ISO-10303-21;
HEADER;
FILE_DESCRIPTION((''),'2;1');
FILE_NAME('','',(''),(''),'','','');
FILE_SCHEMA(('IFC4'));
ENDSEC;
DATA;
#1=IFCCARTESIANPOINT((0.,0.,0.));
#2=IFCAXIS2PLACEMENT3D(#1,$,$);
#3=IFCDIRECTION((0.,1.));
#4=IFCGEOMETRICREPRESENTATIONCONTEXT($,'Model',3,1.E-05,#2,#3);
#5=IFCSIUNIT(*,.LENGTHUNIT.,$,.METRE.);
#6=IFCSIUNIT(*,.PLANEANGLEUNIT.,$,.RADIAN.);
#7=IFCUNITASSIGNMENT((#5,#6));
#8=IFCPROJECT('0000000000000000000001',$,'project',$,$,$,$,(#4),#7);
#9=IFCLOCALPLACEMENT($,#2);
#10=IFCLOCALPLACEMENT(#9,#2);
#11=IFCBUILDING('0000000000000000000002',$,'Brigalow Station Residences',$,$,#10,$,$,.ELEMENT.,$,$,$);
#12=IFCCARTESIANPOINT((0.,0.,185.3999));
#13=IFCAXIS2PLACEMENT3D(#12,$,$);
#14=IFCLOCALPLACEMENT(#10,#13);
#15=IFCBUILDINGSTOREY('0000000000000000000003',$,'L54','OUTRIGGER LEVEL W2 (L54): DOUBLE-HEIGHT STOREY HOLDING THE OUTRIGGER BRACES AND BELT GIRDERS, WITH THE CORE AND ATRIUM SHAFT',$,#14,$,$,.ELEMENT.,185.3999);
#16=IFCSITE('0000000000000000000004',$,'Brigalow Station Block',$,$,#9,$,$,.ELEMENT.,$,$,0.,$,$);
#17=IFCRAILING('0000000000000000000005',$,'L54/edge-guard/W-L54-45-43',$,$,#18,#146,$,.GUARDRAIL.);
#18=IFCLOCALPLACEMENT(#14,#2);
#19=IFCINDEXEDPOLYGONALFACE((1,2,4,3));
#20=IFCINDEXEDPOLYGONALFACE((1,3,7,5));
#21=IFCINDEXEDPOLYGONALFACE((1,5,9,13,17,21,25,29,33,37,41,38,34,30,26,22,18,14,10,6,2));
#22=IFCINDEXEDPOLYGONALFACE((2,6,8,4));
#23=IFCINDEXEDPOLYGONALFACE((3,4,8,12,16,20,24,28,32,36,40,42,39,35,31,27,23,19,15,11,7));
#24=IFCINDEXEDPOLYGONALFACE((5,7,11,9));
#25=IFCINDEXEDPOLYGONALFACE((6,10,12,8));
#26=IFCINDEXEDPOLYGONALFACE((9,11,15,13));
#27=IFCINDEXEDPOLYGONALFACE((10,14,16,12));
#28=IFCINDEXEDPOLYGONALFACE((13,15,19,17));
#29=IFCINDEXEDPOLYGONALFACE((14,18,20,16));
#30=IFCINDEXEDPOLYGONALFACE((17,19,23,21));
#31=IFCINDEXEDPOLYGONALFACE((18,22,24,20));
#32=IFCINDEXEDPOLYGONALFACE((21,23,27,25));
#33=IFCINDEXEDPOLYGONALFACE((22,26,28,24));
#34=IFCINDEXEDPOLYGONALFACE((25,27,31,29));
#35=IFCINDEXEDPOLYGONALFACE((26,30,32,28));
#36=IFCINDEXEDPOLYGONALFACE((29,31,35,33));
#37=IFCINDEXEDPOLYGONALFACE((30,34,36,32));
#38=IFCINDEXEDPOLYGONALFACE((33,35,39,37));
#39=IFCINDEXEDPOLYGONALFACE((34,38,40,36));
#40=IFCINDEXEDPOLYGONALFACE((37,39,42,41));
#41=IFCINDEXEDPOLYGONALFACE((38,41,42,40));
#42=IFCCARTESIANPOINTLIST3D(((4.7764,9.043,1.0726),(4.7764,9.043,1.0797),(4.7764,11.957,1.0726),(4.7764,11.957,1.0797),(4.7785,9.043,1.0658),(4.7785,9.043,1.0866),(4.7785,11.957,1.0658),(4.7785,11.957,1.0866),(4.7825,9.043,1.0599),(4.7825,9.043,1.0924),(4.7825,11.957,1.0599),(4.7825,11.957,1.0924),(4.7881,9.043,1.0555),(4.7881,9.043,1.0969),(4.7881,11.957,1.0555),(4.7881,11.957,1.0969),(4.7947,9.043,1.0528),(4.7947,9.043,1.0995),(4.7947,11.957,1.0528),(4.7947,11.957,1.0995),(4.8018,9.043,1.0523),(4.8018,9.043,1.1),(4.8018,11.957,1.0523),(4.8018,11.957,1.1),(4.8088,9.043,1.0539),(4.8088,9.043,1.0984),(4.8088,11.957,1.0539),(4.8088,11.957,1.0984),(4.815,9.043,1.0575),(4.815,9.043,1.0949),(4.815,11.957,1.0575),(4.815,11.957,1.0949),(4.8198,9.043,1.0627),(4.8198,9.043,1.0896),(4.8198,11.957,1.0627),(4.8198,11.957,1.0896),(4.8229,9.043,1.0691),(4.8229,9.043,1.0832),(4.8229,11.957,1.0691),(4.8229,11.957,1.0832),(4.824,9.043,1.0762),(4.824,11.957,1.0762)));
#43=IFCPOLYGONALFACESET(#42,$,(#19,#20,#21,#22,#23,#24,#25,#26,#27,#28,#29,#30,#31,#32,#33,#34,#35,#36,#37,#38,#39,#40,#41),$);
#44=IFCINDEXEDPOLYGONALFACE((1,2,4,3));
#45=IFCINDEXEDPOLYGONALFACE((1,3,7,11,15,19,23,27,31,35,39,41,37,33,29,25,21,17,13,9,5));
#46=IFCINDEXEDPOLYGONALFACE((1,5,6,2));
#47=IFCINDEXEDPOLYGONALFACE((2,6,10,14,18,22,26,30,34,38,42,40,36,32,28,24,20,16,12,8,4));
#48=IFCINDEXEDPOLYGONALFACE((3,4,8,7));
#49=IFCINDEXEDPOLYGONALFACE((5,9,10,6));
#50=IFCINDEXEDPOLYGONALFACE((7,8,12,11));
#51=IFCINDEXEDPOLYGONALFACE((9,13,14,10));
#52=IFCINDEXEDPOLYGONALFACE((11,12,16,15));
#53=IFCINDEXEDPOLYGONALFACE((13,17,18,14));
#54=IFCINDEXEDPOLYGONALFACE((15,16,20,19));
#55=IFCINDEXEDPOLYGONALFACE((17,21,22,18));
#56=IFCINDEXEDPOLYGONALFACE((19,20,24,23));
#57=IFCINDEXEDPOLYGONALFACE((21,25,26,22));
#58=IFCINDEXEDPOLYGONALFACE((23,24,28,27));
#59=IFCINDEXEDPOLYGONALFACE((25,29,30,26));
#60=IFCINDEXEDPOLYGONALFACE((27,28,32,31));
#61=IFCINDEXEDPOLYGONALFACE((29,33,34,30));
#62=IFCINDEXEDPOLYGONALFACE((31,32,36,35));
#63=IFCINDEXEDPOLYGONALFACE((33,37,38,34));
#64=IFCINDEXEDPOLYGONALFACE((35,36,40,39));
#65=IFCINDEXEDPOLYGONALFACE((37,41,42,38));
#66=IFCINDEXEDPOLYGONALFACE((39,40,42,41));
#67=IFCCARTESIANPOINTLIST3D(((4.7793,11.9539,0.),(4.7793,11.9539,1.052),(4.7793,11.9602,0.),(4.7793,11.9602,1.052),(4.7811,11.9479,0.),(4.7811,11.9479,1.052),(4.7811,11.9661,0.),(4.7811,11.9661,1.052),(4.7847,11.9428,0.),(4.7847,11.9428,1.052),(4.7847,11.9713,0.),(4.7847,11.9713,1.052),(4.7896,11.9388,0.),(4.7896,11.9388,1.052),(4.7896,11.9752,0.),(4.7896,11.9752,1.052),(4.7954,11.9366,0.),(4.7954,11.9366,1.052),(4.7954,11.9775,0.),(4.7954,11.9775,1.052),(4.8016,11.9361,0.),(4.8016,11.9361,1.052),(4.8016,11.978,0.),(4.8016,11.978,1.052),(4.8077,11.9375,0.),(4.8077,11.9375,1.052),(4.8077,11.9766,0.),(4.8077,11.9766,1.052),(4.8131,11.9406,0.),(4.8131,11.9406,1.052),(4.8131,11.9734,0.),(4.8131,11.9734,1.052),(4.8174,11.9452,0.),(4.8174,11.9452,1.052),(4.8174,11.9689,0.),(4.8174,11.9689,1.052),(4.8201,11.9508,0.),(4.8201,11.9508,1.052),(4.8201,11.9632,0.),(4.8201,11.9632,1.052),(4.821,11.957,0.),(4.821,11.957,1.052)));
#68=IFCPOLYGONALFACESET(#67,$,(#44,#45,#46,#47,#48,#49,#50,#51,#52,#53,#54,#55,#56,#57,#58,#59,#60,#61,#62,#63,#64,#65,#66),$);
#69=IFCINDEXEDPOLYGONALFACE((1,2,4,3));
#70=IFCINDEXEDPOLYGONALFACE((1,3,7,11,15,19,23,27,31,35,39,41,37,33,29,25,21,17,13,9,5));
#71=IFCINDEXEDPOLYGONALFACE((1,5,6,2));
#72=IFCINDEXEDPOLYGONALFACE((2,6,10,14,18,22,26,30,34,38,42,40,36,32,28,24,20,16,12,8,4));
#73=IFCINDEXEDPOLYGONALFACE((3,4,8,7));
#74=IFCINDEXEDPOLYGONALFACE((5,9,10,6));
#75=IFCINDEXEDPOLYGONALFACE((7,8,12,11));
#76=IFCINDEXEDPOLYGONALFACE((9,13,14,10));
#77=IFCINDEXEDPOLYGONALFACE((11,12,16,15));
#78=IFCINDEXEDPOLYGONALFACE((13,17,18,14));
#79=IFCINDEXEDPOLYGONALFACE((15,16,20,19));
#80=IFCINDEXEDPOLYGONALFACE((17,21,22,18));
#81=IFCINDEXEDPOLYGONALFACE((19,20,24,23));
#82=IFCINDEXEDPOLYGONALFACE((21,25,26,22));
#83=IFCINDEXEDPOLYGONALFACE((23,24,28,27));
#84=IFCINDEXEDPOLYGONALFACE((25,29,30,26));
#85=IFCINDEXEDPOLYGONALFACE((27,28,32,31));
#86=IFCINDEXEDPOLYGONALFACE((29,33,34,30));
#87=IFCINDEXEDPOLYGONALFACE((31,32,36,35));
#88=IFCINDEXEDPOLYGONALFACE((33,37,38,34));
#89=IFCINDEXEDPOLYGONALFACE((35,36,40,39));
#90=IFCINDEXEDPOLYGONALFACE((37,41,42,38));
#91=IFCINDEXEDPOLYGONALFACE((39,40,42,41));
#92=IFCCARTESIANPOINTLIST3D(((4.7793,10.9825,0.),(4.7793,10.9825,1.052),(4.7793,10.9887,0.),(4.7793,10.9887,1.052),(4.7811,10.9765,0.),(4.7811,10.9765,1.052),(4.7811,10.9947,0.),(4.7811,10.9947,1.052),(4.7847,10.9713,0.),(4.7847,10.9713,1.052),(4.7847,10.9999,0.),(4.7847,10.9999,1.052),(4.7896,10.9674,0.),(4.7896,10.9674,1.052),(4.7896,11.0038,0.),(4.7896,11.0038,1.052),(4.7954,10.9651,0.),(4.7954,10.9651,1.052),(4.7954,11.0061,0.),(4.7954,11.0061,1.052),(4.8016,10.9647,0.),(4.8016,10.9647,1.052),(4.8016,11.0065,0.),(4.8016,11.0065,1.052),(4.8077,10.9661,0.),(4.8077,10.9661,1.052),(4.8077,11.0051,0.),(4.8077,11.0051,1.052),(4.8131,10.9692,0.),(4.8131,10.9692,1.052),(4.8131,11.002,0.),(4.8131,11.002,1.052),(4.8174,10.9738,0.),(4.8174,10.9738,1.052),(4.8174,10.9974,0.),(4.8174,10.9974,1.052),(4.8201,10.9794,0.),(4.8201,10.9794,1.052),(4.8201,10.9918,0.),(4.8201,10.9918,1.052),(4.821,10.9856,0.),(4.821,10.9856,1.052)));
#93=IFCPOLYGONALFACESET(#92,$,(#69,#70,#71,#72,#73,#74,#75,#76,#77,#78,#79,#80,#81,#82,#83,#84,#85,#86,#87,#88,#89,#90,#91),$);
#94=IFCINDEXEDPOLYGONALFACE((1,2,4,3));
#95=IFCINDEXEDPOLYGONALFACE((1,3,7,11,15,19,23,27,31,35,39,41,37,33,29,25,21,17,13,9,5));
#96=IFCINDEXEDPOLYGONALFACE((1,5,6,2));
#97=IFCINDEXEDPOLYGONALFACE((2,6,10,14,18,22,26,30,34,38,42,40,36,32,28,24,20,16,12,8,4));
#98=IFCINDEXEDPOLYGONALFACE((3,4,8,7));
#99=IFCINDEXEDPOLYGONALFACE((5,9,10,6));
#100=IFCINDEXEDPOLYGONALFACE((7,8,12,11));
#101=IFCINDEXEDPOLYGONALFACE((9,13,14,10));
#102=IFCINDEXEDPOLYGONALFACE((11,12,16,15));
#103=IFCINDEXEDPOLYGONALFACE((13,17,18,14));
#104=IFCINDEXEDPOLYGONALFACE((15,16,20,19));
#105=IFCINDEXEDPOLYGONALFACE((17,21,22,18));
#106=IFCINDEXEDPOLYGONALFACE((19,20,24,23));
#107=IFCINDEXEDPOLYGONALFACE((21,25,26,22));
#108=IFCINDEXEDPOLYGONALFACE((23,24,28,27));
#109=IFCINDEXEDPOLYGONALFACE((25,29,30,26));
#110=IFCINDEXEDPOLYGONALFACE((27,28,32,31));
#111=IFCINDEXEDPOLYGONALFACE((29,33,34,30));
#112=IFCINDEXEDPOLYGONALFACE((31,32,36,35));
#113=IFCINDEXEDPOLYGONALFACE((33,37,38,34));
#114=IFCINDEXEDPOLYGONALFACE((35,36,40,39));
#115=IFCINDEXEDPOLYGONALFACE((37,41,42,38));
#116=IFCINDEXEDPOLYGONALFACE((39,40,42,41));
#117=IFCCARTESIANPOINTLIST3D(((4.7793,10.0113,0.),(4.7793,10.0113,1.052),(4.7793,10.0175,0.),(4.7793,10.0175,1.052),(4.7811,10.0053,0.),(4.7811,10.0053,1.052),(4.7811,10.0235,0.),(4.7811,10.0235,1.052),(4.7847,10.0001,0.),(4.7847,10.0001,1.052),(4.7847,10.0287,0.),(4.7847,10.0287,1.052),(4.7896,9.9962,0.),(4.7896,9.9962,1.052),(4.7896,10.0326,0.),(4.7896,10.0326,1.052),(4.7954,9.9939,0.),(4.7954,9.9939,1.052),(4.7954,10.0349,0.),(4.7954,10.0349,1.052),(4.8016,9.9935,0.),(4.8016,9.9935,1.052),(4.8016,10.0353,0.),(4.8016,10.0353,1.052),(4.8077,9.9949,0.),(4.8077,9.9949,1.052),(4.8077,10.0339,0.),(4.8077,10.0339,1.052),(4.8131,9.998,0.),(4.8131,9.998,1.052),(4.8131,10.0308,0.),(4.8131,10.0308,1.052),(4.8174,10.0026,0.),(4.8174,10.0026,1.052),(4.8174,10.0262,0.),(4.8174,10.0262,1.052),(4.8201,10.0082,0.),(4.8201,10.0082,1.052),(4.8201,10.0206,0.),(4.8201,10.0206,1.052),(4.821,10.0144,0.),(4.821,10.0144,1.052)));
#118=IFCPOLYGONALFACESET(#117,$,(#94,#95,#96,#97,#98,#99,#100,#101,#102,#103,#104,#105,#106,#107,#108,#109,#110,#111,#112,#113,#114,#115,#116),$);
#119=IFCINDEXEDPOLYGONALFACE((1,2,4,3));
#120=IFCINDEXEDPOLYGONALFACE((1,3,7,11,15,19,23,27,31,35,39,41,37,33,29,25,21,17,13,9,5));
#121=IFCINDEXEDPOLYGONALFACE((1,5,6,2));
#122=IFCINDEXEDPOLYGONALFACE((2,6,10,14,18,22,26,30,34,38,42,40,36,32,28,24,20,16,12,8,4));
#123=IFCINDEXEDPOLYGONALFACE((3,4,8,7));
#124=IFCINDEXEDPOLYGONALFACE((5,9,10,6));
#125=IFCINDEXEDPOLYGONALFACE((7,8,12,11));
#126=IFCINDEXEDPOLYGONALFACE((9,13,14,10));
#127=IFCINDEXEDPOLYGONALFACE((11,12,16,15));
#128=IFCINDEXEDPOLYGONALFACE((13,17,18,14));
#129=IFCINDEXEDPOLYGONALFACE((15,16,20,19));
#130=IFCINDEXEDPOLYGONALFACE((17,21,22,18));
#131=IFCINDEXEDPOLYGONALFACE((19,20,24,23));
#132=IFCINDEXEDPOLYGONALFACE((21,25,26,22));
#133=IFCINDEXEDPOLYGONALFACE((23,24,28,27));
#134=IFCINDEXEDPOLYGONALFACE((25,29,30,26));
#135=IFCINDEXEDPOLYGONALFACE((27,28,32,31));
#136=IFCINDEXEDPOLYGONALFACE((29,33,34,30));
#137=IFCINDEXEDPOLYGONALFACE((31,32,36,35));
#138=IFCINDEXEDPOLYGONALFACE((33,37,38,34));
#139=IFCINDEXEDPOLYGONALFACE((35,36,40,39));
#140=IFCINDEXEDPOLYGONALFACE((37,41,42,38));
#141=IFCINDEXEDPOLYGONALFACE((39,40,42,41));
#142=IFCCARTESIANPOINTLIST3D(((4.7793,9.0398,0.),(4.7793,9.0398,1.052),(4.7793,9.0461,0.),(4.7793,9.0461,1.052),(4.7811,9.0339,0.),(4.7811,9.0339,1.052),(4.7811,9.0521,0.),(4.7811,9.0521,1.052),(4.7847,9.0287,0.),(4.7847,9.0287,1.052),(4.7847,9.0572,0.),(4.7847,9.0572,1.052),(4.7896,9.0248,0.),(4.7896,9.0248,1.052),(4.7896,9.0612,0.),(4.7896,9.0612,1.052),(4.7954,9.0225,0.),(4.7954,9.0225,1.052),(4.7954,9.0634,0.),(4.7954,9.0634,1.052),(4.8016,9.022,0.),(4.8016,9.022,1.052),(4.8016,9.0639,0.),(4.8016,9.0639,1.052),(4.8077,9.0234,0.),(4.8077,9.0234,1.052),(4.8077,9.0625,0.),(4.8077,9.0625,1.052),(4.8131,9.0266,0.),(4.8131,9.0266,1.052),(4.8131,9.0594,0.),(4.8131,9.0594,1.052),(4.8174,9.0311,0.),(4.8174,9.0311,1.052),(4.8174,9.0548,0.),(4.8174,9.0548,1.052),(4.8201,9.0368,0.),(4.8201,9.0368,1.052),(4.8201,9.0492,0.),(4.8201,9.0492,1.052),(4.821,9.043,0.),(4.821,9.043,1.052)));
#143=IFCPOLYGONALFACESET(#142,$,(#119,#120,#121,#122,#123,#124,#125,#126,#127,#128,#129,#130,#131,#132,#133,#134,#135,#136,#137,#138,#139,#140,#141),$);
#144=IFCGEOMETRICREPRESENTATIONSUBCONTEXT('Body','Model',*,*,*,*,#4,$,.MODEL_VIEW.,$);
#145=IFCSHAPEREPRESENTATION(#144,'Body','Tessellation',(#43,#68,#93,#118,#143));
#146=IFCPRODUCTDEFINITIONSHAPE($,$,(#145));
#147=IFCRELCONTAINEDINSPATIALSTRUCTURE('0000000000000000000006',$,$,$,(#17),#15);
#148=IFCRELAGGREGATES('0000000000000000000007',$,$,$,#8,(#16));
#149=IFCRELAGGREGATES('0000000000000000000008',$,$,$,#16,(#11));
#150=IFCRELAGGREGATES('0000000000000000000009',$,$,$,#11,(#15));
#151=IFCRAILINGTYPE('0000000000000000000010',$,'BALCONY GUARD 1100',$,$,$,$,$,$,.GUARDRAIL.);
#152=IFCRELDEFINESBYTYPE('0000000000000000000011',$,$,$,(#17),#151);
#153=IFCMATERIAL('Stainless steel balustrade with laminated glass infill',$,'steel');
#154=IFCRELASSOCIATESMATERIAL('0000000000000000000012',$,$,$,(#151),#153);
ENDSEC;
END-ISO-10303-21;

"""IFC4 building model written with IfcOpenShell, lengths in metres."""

from ifc_helpers import new_model, si_unit, direction, frame, origin, origin_2d, place, context, subcontext, project, spatial, circle, extrude, material, type_object, element, save


model = new_model("IFC4")

# Units and contexts
model_context = context("Model", 3, precision=1e-05, world=origin(), true_north=direction((0.0, 1.0)))
body_context = subcontext(model_context, "Body", "Model", "MODEL_VIEW")
ifc_project = project(units=[si_unit("LENGTHUNIT", "METRE"), si_unit("PLANEANGLEUNIT", "RADIAN")], contexts=[model_context])

# Site, building, storey
site_placement = place(None, origin())
site = spatial("IfcSite", under=ifc_project, at=site_placement, Name="Brigalow Station Block", CompositionType="ELEMENT", RefElevation=0.0)
building_placement = place(site_placement, origin())
building = spatial("IfcBuilding", under=site, at=building_placement, Name="Brigalow Station Residences", CompositionType="ELEMENT")
storey_placement = place(building_placement, frame((0.0, 0.0, 185.3999)))
storey = spatial("IfcBuildingStorey", under=building, at=storey_placement, Name="L54", Description="OUTRIGGER LEVEL W2 (L54): DOUBLE-HEIGHT STOREY HOLDING THE OUTRIGGER BRACES AND BELT GIRDERS, WITH THE CORE AND ATRIUM SHAFT", CompositionType="ELEMENT", Elevation=185.3999)

# Railing
ifc_material_1 = material(Name="Stainless steel balustrade with laminated glass infill", Category="steel")
railing_type = type_object("IfcRailingType", Name="BALCONY GUARD 1100", PredefinedType="GUARDRAIL", material=ifc_material_1)
railing_1_placement = place(storey_placement, frame((4.8, 11.957, 0.0)))
element("IfcRailing", 1, at=railing_1_placement, inside=storey, type_object=railing_type, Name="L54/edge-guard/W-L54-45-43", PredefinedType="GUARDRAIL", context=body_context, shape_type="SweptSolid", body=[
    extrude(circle(Radius=0.0239, at=origin_2d()), frame((0.0, 0.0, 1.0762), z_axis=(0.0, -1.0, 0.0), x_axis=(1.0, 0.0, 0.0)), (0.0, 0.0, 1.0), 2.9141),
    extrude(circle(Radius=0.021, at=origin_2d()), origin(), (0.0, 0.0, 1.0), 1.052),
    extrude(circle(Radius=0.021, at=origin_2d()), frame((0.0, -0.9714, 0.0)), (0.0, 0.0, 1.0), 1.052),
    extrude(circle(Radius=0.021, at=origin_2d()), frame((0.0, -1.9426, 0.0)), (0.0, 0.0, 1.0), 1.052),
    extrude(circle(Radius=0.021, at=origin_2d()), frame((0.0, -2.9141, 0.0)), (0.0, 0.0, 1.0), 1.052),
])

save(model, "model.ifc")
